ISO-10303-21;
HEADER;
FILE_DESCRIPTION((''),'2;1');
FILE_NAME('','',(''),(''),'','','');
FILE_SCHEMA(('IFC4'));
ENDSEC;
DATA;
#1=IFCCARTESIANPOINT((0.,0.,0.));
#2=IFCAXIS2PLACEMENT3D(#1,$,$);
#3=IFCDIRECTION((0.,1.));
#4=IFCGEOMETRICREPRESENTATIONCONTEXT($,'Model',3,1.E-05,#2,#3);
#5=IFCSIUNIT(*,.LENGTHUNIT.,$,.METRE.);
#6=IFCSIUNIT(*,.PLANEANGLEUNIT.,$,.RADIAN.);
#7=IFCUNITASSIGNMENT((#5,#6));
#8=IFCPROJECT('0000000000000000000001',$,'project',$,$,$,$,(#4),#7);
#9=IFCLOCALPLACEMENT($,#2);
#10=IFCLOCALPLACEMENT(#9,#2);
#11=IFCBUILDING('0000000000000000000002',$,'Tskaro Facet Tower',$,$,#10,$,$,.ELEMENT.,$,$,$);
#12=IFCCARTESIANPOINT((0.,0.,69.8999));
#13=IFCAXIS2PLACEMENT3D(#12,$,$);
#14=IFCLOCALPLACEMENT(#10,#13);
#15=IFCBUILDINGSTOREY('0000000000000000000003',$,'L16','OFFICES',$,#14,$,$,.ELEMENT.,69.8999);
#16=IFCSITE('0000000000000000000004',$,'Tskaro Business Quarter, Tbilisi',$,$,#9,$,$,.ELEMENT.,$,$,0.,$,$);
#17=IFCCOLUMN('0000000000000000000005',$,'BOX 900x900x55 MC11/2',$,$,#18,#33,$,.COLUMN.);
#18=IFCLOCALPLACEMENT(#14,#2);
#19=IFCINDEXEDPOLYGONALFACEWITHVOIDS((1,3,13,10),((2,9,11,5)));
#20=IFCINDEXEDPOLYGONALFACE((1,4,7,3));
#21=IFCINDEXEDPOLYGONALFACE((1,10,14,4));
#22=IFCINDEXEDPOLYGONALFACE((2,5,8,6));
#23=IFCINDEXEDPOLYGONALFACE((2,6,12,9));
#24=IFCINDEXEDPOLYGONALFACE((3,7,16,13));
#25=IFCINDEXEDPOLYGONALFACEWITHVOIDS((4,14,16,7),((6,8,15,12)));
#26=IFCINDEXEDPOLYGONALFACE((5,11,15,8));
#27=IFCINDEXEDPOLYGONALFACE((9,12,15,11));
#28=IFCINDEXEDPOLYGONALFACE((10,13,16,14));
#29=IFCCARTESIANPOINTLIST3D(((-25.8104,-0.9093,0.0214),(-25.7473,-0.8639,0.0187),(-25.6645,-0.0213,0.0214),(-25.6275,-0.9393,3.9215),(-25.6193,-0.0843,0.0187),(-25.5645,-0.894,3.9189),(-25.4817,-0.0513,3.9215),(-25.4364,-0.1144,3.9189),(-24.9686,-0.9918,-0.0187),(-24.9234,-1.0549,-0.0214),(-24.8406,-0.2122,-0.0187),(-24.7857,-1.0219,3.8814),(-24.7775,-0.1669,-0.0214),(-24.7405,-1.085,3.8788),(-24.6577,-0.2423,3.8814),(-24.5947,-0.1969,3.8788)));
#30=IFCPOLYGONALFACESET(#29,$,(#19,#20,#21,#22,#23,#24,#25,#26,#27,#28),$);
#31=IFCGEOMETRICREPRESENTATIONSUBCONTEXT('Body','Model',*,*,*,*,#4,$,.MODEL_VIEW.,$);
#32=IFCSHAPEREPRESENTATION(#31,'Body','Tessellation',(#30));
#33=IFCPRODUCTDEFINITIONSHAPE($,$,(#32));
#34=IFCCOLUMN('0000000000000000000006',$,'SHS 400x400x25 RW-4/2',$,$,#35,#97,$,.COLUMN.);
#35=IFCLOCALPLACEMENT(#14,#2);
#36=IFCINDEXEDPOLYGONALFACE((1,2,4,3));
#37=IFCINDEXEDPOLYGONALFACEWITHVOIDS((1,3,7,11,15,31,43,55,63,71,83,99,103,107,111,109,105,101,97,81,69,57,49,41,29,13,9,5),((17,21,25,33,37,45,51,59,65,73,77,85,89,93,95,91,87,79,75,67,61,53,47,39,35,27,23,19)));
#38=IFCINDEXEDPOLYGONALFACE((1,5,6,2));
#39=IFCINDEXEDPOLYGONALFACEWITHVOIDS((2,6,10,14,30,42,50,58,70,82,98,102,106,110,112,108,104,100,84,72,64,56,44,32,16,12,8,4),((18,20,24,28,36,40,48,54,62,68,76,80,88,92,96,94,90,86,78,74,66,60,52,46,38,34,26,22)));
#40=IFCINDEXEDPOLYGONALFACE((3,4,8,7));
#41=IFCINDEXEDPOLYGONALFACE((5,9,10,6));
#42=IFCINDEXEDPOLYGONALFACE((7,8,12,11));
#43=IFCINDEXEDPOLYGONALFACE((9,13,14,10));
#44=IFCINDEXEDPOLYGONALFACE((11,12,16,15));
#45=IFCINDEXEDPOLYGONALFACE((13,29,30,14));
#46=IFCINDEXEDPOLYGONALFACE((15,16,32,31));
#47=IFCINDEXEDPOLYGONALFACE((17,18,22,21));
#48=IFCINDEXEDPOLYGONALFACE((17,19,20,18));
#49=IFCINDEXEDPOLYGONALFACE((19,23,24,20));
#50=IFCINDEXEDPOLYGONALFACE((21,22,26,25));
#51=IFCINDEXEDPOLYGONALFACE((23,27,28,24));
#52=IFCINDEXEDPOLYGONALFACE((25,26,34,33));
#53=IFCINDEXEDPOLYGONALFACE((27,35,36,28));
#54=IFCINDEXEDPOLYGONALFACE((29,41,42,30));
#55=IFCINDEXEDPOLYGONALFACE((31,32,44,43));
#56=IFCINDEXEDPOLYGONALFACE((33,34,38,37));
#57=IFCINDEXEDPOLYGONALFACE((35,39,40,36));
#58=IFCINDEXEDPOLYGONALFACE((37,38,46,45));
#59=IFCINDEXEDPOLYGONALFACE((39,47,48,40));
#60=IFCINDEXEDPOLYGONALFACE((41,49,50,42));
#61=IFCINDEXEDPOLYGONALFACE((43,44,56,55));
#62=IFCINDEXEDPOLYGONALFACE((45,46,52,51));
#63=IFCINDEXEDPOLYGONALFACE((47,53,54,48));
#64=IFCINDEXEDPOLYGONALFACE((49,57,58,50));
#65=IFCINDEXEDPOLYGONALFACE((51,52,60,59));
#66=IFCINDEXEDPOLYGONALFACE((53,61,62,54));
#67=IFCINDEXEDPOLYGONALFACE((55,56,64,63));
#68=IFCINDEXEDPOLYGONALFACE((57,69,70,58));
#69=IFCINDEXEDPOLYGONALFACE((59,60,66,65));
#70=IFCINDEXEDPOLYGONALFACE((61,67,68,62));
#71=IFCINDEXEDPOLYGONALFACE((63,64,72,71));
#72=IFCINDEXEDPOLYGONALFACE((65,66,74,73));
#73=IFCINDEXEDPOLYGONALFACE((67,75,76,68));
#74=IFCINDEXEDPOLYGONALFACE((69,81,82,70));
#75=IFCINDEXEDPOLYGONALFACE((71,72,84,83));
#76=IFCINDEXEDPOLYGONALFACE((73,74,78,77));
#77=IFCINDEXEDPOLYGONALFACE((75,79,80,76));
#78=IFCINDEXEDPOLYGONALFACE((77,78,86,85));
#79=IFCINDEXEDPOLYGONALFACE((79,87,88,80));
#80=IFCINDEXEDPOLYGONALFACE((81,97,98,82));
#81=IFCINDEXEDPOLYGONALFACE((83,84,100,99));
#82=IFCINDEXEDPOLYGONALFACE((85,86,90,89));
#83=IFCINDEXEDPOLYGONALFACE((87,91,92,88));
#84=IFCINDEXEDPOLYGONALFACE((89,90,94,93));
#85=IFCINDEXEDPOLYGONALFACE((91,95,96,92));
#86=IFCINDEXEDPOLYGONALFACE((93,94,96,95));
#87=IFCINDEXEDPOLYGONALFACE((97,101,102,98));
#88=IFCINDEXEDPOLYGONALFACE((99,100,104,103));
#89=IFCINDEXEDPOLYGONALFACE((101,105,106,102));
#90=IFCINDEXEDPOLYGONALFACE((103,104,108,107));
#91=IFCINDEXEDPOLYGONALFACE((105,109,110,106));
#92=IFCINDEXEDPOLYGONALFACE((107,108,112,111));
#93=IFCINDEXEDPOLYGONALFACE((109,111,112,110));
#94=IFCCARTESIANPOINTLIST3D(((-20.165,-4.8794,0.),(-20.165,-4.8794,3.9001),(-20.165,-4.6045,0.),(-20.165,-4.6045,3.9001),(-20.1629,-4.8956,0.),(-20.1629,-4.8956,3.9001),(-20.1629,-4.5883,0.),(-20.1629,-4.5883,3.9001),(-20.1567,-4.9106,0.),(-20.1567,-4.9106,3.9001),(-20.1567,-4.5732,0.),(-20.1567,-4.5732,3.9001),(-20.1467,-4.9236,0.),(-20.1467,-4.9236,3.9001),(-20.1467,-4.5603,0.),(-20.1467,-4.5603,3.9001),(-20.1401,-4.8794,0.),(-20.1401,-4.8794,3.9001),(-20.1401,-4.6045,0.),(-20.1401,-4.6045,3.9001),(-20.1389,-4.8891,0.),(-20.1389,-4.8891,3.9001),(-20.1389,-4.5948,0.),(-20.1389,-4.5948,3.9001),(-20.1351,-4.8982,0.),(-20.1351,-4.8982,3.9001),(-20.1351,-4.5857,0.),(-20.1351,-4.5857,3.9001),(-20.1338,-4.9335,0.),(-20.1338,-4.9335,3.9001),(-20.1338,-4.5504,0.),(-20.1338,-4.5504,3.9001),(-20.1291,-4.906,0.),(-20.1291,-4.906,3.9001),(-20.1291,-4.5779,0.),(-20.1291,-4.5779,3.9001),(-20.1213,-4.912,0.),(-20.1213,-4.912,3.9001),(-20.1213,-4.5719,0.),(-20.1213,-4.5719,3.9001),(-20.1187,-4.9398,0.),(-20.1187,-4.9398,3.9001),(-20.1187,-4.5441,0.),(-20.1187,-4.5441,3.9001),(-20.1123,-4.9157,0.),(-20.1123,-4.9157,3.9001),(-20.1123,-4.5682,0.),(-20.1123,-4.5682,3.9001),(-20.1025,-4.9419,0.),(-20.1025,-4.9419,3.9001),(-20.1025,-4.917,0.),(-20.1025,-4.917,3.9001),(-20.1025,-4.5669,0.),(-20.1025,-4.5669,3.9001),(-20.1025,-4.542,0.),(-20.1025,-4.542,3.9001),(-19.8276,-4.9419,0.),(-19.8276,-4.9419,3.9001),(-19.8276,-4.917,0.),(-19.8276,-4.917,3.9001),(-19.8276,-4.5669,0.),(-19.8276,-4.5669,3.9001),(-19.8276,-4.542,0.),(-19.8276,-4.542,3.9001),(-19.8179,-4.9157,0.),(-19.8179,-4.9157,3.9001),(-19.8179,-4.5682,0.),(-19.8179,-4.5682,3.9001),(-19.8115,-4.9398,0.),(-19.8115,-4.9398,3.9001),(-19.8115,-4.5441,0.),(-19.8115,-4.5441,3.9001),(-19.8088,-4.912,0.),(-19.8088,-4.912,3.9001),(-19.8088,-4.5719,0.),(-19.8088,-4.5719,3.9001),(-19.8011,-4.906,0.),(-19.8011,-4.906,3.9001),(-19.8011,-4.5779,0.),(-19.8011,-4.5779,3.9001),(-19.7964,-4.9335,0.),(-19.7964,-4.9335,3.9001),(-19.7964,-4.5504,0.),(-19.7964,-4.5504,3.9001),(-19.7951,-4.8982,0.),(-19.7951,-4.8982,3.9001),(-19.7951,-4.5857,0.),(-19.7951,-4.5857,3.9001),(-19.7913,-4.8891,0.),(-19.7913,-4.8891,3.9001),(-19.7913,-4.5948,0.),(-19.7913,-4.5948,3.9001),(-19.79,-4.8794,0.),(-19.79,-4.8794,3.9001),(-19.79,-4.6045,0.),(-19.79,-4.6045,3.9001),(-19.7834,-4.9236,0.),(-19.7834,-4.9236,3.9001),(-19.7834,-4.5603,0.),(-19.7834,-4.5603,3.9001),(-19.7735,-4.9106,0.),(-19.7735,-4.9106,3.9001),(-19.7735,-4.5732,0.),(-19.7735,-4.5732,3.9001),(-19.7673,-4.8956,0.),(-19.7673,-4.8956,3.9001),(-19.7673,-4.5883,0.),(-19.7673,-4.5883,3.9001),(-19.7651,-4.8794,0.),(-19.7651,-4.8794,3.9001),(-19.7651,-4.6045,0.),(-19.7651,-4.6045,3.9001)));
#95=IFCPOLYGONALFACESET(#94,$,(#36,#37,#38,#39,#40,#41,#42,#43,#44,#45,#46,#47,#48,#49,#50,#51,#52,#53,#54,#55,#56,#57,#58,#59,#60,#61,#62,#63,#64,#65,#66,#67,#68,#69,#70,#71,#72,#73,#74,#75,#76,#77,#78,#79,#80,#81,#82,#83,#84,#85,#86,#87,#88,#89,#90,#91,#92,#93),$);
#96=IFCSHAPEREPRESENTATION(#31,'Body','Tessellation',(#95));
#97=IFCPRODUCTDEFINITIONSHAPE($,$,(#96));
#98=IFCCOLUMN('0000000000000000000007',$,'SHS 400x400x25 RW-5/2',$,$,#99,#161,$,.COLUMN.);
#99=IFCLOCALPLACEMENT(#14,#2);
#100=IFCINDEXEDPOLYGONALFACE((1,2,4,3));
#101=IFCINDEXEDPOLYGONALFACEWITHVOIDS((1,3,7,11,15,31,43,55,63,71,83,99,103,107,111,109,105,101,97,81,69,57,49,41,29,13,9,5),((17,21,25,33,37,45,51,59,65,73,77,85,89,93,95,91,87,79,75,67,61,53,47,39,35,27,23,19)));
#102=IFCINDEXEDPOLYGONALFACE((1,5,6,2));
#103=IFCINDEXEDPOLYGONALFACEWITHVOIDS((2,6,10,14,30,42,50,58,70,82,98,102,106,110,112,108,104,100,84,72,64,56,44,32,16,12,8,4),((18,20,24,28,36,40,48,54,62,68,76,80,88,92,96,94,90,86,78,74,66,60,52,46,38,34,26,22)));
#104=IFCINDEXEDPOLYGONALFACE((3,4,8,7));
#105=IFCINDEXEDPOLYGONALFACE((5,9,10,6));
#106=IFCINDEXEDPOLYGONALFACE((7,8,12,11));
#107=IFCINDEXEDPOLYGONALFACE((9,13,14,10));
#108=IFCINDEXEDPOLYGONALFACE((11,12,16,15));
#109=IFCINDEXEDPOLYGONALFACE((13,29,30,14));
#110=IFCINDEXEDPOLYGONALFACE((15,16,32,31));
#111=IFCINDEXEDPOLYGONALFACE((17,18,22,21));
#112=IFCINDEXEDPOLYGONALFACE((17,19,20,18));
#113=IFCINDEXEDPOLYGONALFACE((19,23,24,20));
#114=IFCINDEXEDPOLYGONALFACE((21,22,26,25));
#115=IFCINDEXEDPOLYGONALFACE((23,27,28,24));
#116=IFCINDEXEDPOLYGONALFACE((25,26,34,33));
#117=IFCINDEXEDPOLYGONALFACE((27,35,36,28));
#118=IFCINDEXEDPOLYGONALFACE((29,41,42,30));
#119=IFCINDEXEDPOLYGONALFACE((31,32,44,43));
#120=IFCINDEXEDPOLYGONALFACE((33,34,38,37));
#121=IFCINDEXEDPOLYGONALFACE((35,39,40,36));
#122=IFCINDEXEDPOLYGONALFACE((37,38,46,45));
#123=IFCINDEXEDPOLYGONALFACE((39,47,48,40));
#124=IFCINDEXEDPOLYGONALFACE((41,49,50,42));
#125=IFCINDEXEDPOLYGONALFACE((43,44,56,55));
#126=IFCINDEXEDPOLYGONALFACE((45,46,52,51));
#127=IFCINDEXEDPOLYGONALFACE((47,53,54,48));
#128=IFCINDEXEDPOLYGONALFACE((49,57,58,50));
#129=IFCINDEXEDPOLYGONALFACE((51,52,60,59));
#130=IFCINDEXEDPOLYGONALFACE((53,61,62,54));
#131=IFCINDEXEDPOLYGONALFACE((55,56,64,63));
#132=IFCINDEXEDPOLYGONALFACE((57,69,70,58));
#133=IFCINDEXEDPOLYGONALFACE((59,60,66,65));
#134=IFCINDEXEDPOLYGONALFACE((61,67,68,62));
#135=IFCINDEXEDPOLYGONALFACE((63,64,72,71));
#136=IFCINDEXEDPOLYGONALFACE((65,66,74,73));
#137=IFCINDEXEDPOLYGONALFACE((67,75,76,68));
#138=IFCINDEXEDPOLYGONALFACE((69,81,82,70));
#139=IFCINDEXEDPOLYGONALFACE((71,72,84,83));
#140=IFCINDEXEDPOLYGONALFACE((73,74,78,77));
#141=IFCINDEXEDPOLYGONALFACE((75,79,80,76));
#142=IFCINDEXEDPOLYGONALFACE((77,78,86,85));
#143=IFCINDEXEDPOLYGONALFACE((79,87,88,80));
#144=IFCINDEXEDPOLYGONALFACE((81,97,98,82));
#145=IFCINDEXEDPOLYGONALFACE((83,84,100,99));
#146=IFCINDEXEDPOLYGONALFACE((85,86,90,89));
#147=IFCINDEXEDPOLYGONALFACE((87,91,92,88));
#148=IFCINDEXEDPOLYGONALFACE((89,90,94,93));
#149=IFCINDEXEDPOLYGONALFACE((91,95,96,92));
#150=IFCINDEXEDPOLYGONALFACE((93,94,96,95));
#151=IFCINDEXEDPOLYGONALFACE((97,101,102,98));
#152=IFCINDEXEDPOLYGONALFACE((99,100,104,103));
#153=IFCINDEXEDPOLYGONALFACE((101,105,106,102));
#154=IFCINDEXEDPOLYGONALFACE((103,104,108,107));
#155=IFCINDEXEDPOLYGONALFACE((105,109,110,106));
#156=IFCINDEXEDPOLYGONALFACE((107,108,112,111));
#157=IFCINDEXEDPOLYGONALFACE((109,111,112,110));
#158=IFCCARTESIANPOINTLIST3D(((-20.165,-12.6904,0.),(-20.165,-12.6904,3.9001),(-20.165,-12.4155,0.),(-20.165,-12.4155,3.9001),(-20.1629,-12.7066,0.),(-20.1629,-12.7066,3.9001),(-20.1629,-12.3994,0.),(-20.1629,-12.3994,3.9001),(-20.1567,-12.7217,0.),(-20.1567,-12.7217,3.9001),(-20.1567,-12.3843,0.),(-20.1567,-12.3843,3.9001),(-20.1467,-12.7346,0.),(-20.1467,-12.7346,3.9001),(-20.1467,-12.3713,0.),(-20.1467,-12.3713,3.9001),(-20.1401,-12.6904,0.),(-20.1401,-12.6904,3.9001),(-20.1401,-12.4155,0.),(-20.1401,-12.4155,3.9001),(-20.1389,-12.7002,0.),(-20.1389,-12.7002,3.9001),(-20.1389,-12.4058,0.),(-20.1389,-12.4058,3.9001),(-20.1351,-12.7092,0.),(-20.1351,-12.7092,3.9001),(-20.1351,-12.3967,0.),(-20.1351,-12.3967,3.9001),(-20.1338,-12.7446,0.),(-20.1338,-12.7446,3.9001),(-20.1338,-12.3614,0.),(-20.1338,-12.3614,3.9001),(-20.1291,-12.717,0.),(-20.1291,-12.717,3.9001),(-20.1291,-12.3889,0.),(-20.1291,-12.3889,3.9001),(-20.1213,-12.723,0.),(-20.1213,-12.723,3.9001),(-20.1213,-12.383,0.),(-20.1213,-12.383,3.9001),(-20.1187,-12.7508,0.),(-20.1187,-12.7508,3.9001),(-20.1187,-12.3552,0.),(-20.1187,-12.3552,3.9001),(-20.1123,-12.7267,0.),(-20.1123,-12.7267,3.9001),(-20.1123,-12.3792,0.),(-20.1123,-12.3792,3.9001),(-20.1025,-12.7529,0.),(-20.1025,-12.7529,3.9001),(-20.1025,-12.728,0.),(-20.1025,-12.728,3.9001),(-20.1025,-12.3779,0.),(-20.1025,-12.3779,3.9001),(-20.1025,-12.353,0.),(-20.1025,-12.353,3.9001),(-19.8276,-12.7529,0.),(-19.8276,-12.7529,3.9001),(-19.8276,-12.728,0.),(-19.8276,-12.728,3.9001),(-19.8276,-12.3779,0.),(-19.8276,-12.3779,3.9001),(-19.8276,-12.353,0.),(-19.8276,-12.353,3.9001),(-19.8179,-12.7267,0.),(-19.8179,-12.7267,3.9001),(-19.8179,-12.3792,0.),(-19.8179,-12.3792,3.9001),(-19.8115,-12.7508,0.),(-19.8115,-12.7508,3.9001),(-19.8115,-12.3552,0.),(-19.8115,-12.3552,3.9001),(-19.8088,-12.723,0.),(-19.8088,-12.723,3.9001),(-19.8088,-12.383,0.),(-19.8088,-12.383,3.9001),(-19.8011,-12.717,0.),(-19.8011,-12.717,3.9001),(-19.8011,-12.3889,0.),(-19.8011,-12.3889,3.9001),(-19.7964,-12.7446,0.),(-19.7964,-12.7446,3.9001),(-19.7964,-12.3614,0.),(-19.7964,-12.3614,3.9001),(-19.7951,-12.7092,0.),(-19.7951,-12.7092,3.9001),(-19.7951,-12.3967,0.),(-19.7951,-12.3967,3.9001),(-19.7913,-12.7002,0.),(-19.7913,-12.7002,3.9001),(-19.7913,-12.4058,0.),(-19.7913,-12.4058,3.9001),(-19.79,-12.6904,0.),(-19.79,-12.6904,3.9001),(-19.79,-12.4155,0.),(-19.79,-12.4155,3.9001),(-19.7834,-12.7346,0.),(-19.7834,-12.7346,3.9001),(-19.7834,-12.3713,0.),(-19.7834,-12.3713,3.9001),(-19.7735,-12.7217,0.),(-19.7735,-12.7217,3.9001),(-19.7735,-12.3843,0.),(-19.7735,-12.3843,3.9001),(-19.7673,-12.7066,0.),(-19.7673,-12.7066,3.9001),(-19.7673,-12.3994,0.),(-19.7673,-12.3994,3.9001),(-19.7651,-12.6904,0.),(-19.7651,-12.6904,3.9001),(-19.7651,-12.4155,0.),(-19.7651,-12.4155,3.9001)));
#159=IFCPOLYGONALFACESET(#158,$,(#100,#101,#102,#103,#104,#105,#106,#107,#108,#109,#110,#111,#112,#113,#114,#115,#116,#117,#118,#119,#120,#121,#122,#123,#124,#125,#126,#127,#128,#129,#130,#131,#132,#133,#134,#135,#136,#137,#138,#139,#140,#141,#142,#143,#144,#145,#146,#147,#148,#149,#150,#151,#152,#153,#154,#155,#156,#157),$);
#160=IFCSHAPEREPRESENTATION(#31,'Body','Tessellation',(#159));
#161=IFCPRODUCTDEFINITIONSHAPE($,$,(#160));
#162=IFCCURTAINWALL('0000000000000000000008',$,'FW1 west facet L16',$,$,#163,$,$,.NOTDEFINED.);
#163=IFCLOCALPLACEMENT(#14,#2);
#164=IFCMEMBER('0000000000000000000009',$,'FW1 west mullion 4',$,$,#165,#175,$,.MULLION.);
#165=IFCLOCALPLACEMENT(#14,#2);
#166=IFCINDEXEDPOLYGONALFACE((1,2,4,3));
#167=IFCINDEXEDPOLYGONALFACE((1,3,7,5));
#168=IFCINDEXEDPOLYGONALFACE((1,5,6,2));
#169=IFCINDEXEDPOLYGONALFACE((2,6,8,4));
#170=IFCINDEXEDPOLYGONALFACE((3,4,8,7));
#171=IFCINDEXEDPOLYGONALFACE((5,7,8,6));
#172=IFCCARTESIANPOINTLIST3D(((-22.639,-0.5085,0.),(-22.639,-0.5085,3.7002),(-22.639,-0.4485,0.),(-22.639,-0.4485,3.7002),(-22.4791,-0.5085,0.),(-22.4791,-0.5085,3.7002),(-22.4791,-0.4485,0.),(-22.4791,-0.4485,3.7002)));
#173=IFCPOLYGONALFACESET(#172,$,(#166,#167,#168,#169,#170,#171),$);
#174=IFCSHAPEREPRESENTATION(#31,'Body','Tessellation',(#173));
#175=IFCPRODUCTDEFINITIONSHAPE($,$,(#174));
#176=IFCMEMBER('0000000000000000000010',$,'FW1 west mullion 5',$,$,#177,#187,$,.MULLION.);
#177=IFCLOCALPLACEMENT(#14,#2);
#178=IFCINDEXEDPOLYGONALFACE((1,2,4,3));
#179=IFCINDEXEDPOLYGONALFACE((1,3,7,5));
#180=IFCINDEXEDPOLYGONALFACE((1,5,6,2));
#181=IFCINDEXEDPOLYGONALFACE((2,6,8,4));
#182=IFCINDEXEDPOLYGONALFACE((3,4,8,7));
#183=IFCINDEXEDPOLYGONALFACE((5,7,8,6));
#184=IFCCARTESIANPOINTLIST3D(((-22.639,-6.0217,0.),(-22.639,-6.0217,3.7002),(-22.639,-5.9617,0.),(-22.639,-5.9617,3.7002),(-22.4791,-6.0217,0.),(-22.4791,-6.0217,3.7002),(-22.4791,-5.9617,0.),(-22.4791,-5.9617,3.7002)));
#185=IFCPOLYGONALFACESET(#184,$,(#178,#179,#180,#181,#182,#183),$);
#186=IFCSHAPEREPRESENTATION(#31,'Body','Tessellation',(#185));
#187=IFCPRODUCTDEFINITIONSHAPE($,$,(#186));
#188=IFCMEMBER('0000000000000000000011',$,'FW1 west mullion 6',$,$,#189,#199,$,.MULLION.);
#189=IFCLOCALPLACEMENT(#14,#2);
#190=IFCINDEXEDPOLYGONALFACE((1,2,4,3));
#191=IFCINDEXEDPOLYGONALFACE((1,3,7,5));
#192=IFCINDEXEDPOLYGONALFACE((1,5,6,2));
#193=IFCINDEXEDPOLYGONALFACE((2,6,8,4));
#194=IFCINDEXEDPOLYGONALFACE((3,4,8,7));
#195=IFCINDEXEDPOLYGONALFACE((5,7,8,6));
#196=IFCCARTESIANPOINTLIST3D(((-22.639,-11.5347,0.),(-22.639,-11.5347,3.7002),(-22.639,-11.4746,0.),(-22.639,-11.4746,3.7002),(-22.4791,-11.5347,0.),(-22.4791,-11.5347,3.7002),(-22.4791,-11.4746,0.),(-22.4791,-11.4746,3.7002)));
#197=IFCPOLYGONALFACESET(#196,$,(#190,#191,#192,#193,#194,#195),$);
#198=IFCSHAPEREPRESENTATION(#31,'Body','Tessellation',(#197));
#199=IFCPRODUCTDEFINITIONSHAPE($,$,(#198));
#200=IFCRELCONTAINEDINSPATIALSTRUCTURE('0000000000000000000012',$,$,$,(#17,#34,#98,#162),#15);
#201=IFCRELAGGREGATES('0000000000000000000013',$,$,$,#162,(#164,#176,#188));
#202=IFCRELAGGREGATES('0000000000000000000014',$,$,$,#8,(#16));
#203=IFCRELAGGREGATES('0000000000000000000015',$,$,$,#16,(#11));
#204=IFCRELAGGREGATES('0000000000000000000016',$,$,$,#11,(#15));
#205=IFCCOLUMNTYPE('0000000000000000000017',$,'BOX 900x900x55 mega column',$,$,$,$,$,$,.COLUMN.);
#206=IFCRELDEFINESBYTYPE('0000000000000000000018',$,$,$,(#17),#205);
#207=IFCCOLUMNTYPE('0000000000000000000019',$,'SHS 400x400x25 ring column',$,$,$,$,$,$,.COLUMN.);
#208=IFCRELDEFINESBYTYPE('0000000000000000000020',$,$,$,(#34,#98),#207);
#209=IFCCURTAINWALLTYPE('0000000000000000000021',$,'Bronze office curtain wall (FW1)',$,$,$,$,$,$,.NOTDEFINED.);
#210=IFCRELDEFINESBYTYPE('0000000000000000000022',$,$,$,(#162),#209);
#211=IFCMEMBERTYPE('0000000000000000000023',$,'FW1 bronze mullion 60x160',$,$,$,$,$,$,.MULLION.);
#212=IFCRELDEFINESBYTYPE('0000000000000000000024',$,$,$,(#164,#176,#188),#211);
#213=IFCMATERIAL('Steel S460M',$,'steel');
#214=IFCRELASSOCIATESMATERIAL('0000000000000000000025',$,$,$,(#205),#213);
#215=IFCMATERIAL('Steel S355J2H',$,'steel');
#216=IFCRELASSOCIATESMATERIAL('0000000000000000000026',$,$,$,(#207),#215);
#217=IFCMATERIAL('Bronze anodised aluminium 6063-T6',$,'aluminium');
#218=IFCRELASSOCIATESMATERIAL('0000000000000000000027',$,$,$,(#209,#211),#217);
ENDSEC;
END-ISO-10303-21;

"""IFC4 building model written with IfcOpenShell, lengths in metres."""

from ifc_helpers import new_model, si_unit, direction, frame, origin, origin_2d, place, context, subcontext, project, spatial, rectangle, hollow_rectangle, extrude, material, material_profile, profile_set, type_object, element, aggregate, save


model = new_model("IFC4")

# Units and contexts
model_context = context("Model", 3, precision=1e-05, world=origin(), true_north=direction((0.0, 1.0)))
body_context = subcontext(model_context, "Body", "Model", "MODEL_VIEW")
ifc_project = project(units=[si_unit("LENGTHUNIT", "METRE"), si_unit("PLANEANGLEUNIT", "RADIAN")], contexts=[model_context])

# Site, building, storey
site_placement = place(None, origin())
site = spatial("IfcSite", under=ifc_project, at=site_placement, Name="Tskaro Business Quarter, Tbilisi", CompositionType="ELEMENT", RefElevation=0.0)
building_placement = place(site_placement, origin())
building = spatial("IfcBuilding", under=site, at=building_placement, Name="Tskaro Facet Tower", CompositionType="ELEMENT")
storey_placement = place(building_placement, frame((0.0, 0.0, 69.8999)))
storey = spatial("IfcBuildingStorey", under=building, at=storey_placement, Name="L16", Description="OFFICES", CompositionType="ELEMENT", Elevation=69.8999)

# Columns
ifc_material_1 = material(Name="Steel S460M", Category="steel")
ifc_material_profile_1 = material_profile(ifc_material_1, hollow_rectangle(XDim=0.8999, YDim=0.8999, WallThickness=0.0549, at=origin_2d()), Name="BOX 900x900x55")
ifc_profile_set_1 = profile_set([ifc_material_profile_1], Name="Steel S460M")
column_type_1 = type_object("IfcColumnType", Name="BOX 900x900x55 mega column", PredefinedType="COLUMN", material=ifc_profile_set_1)
column_placement = place(storey_placement, frame((-25.2939, -0.5381, 0.0), z_axis=(0.046833, -0.007691, 0.998873), x_axis=(0.162048, 0.986783, 0.0)))
element("IfcColumn", 1, at=column_placement, inside=storey, type_object=column_type_1, Name="BOX 900x900x55 MC11/2", PredefinedType="COLUMN", context=body_context, shape_type="SweptSolid", body=[
    extrude(hollow_rectangle(XDim=0.8999, YDim=0.8999, WallThickness=0.0549, at=origin_2d()), origin(), (0.0, 0.0, 1.0), 3.9045),
])
ifc_material_2 = material(Name="Steel S355J2H", Category="steel")
ifc_material_profile_2 = material_profile(ifc_material_2, hollow_rectangle(XDim=0.3999, YDim=0.3999, WallThickness=0.0249, InnerFilletRadius=0.0376, OuterFilletRadius=0.0625, at=origin_2d()), Name="SHS 400x400x25")
ifc_profile_set_2 = profile_set([ifc_material_profile_2], Name="Steel S355J2H")
column_type_2 = type_object("IfcColumnType", Name="SHS 400x400x25 ring column", PredefinedType="COLUMN", material=ifc_profile_set_2)
for number, where, z_axis, x_axis, name in (
    (2, (-19.9651, -4.7419, 0.0), (0.0, 0.0, 1.0), (1.0, 0.0, 0.0), "SHS 400x400x25 RW-4/2"),
    (3, (-19.9651, -12.553, 0.0), (0.0, 0.0, 1.0), (1.0, 0.0, 0.0), "SHS 400x400x25 RW-5/2"),
):
    element("IfcColumn", number, at=place(storey_placement, frame(where, z_axis=z_axis, x_axis=x_axis)), inside=storey, type_object=column_type_2, Name=name, PredefinedType="COLUMN", context=body_context, shape_type="SweptSolid", body=[
        extrude(hollow_rectangle(XDim=0.3999, YDim=0.3999, WallThickness=0.0249, InnerFilletRadius=0.0376, OuterFilletRadius=0.0625, at=origin_2d()), origin(), (0.0, 0.0, 1.0), 3.9001),
    ])

# Curtain wall, members
ifc_material_3 = material(Name="Bronze anodised aluminium 6063-T6", Category="aluminium")
curtain_wall_type = type_object("IfcCurtainWallType", Name="Bronze office curtain wall (FW1)", PredefinedType="NOTDEFINED", material=ifc_material_3)
curtain_wall_placement = place(storey_placement, origin())
curtain_wall = element("IfcCurtainWall", 4, at=curtain_wall_placement, inside=storey, type_object=curtain_wall_type, Name="FW1 west facet L16", PredefinedType="NOTDEFINED")
ifc_material_profile_3 = material_profile(ifc_material_3, rectangle(XDim=0.0601, YDim=0.1599, at=origin_2d()), Name="Mullion 60x160")
ifc_profile_set_3 = profile_set([ifc_material_profile_3], Name="Bronze anodised aluminium 6063-T6")
member_type_1 = type_object("IfcMemberType", Name="FW1 bronze mullion 60x160", PredefinedType="MULLION", material=ifc_profile_set_3)
member_1_placement = place(storey_placement, frame((-22.5591, -0.4785, 0.0), z_axis=(0.0, 0.0, 1.0), x_axis=(0.0, -1.0, 0.0)))
member_1 = element("IfcMember", 5, at=member_1_placement, type_object=member_type_1, Name="FW1 west mullion 4", PredefinedType="MULLION", context=body_context, shape_type="SweptSolid", body=[
    extrude(rectangle(XDim=0.0601, YDim=0.1599, at=origin_2d()), origin(), (0.0, 0.0, 1.0), 3.7002),
])
member_2_placement = place(storey_placement, frame((-22.5591, -5.9917, 0.0), z_axis=(0.0, 0.0, 1.0), x_axis=(0.0, -1.0, 0.0)))
member_2 = element("IfcMember", 6, at=member_2_placement, type_object=member_type_1, Name="FW1 west mullion 5", PredefinedType="MULLION", context=body_context, shape_type="SweptSolid", body=[
    extrude(rectangle(XDim=0.0601, YDim=0.1599, at=origin_2d()), origin(), (0.0, 0.0, 1.0), 3.7002),
])
member_3_placement = place(storey_placement, frame((-22.5591, -11.5046, 0.0), z_axis=(0.0, 0.0, 1.0), x_axis=(0.0, -1.0, 0.0)))
member_3 = element("IfcMember", 7, at=member_3_placement, type_object=member_type_1, Name="FW1 west mullion 6", PredefinedType="MULLION", context=body_context, shape_type="SweptSolid", body=[
    extrude(rectangle(XDim=0.0601, YDim=0.1599, at=origin_2d()), origin(), (0.0, 0.0, 1.0), 3.7002),
])

aggregate(curtain_wall, [member_1, member_2, member_3])

save(model, "model.ifc")
